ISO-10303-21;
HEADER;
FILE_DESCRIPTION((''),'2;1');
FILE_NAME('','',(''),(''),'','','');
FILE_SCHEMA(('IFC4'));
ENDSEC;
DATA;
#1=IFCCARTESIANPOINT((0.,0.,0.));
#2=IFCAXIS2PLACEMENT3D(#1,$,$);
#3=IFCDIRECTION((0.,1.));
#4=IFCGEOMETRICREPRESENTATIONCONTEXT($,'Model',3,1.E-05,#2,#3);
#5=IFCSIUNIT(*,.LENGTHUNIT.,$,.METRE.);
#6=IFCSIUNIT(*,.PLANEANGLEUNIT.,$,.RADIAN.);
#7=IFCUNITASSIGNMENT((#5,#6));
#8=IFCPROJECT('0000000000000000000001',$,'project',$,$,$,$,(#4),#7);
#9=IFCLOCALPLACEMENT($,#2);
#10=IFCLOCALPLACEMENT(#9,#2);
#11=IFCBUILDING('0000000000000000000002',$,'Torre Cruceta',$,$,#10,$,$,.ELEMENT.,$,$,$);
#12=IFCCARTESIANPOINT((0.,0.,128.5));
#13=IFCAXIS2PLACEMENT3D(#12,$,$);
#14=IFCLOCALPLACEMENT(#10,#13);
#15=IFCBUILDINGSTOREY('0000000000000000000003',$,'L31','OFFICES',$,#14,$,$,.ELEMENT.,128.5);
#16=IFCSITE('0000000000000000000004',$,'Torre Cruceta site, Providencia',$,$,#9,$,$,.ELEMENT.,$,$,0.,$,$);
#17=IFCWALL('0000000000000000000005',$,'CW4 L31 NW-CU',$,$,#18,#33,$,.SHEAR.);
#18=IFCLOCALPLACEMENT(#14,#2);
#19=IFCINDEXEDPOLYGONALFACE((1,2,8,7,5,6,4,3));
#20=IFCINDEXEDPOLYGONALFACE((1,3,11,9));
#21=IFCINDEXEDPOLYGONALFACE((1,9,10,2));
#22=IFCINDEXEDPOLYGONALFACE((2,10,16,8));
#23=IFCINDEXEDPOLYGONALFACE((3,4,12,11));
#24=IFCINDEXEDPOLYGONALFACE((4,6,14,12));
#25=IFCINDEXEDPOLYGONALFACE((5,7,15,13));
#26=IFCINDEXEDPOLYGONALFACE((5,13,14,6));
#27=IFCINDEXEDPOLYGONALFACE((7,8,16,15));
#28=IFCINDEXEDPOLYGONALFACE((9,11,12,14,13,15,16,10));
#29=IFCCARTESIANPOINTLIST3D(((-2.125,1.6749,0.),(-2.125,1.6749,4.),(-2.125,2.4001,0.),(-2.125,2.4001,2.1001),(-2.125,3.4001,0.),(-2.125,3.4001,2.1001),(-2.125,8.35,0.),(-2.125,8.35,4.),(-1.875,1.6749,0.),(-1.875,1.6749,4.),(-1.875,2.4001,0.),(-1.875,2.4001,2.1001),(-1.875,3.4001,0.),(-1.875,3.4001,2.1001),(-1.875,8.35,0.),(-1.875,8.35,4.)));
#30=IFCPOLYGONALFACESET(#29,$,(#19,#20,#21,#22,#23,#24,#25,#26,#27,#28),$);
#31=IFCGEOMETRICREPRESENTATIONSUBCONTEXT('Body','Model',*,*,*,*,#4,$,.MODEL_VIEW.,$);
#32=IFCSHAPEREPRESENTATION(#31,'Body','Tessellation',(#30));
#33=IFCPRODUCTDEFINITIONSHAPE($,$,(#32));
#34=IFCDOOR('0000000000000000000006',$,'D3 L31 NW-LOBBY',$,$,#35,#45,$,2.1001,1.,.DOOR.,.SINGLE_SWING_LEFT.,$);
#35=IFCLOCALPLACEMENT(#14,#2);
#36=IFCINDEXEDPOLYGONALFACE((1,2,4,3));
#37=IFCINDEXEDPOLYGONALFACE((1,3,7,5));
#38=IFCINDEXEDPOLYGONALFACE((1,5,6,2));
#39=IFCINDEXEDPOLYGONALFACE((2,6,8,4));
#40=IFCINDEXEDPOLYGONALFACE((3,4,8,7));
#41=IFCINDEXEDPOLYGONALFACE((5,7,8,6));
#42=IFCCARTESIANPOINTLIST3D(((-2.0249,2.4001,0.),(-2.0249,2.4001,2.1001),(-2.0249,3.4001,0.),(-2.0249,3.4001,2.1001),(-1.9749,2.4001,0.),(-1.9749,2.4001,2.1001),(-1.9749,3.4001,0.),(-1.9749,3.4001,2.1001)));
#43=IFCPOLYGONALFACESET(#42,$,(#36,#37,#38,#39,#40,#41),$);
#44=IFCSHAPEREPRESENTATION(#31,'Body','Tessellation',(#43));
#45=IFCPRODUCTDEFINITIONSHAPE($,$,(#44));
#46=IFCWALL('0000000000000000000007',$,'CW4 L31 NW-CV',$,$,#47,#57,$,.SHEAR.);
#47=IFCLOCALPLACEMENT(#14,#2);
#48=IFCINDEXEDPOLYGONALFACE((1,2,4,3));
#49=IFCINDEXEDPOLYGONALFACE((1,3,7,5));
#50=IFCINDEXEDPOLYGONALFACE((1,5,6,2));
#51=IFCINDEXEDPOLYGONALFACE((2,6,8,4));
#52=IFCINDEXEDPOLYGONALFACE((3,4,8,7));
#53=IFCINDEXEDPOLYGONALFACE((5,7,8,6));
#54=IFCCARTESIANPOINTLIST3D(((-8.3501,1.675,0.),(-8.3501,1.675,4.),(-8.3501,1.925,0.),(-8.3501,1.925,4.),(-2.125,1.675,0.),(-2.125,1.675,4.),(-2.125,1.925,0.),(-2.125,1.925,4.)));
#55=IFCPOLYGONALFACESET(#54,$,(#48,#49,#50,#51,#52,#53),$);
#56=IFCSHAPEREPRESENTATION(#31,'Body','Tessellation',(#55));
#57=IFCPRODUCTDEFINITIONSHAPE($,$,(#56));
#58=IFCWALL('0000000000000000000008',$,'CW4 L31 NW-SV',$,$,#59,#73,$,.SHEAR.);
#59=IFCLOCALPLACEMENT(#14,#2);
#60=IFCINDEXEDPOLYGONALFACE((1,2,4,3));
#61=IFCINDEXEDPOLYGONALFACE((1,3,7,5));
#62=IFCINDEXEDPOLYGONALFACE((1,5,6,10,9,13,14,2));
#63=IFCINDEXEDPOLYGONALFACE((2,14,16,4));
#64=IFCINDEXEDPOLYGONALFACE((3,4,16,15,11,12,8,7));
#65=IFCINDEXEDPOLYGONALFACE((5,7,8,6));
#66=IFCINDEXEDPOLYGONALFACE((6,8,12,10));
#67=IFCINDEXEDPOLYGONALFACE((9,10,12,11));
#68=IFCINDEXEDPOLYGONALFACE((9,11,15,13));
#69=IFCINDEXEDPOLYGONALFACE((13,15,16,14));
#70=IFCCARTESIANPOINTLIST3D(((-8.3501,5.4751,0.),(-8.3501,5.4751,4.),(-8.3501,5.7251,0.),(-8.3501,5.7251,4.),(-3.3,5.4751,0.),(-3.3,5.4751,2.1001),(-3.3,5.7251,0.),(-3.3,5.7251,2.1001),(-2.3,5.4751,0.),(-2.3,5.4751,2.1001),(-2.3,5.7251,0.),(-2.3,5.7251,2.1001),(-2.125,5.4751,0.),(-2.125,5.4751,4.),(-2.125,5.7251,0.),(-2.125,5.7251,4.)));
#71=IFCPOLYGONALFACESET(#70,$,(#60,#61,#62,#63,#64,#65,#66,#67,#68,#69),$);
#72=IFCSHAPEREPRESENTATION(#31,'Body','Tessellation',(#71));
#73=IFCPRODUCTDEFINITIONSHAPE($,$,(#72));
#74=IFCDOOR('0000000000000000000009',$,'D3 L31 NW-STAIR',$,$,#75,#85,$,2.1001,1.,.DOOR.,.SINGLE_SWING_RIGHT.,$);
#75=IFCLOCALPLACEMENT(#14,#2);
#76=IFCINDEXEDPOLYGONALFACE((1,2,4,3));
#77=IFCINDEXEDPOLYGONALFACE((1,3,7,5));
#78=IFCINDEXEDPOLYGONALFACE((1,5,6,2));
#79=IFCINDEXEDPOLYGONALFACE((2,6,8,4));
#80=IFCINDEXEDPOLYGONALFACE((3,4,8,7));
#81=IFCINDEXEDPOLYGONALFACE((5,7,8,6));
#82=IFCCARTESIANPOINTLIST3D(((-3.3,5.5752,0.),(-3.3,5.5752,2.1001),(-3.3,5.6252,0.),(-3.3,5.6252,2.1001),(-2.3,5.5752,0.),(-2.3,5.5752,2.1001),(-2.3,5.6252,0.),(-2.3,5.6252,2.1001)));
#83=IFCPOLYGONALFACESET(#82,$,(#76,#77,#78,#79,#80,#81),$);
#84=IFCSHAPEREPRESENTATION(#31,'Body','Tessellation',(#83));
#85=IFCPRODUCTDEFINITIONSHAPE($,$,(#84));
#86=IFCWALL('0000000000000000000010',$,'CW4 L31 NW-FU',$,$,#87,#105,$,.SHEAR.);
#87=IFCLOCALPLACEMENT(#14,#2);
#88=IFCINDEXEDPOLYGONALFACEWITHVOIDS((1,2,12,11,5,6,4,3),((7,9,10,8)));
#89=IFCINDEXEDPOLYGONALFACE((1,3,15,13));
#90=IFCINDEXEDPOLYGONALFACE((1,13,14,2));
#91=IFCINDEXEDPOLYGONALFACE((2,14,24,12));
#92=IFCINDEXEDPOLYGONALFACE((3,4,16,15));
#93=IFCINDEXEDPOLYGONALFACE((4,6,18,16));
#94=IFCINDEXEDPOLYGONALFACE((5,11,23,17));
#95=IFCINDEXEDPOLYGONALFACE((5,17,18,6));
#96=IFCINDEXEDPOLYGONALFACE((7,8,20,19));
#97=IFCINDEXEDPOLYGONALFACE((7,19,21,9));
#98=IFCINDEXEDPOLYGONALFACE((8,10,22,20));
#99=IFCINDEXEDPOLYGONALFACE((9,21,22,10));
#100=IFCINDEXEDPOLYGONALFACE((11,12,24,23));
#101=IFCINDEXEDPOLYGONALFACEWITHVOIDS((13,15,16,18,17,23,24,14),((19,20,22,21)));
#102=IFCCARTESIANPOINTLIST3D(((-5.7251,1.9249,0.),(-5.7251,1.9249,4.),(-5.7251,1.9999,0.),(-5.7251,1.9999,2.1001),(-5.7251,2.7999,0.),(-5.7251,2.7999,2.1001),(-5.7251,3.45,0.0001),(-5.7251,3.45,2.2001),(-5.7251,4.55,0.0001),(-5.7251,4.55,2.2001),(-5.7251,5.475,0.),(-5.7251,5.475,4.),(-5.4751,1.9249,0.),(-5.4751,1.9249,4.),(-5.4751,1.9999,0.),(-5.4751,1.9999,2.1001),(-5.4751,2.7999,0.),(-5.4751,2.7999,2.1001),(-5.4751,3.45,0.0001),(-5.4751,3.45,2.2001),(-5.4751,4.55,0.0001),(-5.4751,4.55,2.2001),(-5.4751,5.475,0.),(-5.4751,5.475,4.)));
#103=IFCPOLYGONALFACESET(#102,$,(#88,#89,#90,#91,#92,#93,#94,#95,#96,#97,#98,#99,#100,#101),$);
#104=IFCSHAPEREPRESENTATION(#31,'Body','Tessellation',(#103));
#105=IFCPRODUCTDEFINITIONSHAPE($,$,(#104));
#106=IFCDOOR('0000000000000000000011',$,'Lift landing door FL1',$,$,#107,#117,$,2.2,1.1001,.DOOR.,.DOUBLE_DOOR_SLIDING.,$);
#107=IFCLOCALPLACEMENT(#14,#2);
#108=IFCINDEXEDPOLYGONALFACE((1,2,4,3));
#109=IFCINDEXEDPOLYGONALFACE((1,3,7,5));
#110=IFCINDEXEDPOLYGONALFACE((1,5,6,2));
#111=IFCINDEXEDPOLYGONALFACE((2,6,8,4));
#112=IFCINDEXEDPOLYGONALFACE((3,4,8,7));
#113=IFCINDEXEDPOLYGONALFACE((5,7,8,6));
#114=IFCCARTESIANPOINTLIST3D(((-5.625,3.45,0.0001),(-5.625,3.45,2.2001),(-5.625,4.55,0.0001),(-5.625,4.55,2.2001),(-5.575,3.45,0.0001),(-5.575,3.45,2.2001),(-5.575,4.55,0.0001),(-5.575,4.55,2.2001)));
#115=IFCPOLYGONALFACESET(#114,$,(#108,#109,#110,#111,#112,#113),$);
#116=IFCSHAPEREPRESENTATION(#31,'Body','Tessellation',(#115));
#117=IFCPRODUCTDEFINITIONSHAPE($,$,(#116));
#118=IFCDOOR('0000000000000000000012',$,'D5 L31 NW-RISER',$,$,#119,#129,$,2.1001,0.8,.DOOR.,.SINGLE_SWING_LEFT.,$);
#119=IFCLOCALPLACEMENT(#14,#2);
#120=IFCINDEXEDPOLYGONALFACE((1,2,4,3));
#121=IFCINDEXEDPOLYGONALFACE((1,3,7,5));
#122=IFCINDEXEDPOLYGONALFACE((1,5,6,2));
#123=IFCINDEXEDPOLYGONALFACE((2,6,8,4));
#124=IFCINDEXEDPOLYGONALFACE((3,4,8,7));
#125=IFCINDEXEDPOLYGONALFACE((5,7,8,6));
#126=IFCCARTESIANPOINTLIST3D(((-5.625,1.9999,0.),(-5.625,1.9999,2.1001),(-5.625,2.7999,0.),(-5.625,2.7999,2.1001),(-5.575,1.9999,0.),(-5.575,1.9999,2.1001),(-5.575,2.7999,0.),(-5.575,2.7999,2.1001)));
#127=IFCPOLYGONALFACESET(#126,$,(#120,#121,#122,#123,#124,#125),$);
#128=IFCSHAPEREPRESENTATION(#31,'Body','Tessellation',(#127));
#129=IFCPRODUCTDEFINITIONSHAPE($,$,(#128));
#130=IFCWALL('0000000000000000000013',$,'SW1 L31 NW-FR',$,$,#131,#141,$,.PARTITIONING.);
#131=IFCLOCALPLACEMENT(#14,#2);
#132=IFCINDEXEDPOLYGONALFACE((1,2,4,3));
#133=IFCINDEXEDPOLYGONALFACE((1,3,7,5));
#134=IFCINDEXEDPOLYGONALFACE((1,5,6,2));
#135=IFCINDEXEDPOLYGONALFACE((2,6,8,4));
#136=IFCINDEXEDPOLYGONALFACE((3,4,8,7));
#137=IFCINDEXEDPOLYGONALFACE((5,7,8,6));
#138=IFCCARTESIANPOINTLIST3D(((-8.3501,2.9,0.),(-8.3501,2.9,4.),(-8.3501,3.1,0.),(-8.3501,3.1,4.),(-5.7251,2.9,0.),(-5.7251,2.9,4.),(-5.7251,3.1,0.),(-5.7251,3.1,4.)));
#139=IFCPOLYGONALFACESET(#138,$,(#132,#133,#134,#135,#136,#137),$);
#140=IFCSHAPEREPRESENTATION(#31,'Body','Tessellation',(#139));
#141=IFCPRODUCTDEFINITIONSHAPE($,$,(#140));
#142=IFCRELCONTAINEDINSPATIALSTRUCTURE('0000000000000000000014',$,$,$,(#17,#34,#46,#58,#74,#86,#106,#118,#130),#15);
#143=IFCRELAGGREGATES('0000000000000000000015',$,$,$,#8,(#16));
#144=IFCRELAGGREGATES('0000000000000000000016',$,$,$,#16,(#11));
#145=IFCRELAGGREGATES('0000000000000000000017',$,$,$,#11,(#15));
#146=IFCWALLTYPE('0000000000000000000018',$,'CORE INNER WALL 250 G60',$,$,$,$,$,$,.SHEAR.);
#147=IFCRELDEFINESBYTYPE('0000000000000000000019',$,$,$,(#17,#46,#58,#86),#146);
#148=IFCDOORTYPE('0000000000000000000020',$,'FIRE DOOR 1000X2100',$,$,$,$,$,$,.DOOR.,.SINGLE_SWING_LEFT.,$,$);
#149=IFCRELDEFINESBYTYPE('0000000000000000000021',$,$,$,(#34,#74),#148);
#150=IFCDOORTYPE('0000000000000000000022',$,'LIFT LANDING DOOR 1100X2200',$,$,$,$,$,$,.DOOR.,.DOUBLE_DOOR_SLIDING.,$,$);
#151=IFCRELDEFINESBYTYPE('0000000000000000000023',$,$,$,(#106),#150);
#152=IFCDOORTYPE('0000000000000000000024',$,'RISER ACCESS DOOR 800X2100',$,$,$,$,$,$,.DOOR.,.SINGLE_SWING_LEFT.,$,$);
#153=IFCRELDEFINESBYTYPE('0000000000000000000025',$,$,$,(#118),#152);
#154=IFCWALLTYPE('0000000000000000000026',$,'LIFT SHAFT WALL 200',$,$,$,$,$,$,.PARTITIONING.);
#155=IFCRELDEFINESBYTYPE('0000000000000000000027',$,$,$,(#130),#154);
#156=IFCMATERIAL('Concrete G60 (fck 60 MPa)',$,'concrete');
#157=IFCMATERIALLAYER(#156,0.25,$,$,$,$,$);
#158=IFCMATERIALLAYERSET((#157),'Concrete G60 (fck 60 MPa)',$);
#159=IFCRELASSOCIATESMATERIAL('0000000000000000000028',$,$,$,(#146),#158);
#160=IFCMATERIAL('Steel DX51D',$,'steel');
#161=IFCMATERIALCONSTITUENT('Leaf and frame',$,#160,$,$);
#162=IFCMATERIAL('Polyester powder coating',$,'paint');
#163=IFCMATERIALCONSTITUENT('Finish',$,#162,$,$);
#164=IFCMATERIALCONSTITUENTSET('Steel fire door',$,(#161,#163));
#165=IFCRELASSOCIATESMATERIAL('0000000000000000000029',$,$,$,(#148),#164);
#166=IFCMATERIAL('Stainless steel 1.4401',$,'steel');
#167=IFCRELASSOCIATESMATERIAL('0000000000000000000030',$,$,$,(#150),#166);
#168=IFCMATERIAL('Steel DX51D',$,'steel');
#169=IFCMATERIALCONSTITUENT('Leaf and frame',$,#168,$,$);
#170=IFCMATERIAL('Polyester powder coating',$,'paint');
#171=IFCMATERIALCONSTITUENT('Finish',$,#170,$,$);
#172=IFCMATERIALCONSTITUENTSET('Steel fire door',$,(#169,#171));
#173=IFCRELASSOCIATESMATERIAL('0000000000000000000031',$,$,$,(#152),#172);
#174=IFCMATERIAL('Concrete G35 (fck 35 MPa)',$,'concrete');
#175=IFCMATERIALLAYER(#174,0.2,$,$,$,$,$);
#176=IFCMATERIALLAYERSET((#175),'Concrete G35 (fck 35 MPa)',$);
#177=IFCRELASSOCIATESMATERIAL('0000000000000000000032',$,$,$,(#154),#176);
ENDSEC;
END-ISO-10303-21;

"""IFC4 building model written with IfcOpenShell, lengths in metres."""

from ifc_helpers import new_model, si_unit, direction, frame, frame_2d, origin, place, context, subcontext, project, spatial, rectangle, extrude, material, layer, layer_set, constituent, constituent_set, type_object, element, fill, save


model = new_model("IFC4")

# Units and contexts
model_context = context("Model", 3, precision=1e-05, world=origin(), true_north=direction((0.0, 1.0)))
body_context = subcontext(model_context, "Body", "Model", "MODEL_VIEW")
ifc_project = project(units=[si_unit("LENGTHUNIT", "METRE"), si_unit("PLANEANGLEUNIT", "RADIAN")], contexts=[model_context])

# Site, building, storey
site_placement = place(None, origin())
site = spatial("IfcSite", under=ifc_project, at=site_placement, Name="Torre Cruceta site, Providencia", CompositionType="ELEMENT", RefElevation=0.0)
building_placement = place(site_placement, origin())
building = spatial("IfcBuilding", under=site, at=building_placement, Name="Torre Cruceta", CompositionType="ELEMENT")
storey_placement = place(building_placement, frame((0.0, 0.0, 128.5)))
storey = spatial("IfcBuildingStorey", under=building, at=storey_placement, Name="L31", Description="OFFICES", CompositionType="ELEMENT", Elevation=128.5)

# Wall, opening, door
ifc_material_1 = material(Name="Concrete G60 (fck 60 MPa)", Category="concrete")
ifc_layer_1 = layer(ifc_material_1, 0.25)
ifc_layer_set_1 = layer_set([ifc_layer_1], Name="Concrete G60 (fck 60 MPa)")
wall_type_1 = type_object("IfcWallType", Name="CORE INNER WALL 250 G60", PredefinedType="SHEAR", material=ifc_layer_set_1)
wall_1_placement = place(storey_placement, frame((-2.0, 1.675, 0.0), z_axis=(0.0, 0.0, 1.0), x_axis=(0.0, 1.0, 0.0)))
wall_1 = element("IfcWall", 1, at=wall_1_placement, inside=storey, type_object=wall_type_1, Name="CW4 L31 NW-CU", PredefinedType="SHEAR", context=body_context, shape_type="SweptSolid", body=[
    extrude(rectangle(XDim=6.675, YDim=0.25, at=frame_2d((3.3374, 0.0))), origin(), (0.0, 0.0, 1.0), 4.0),
])
opening_1_placement = place(wall_1_placement, frame((0.7251, 0.0, 0.0)))
opening_1 = element("IfcOpeningElement", 2, at=opening_1_placement, cuts=wall_1, PredefinedType="OPENING", context=body_context, shape_type="SweptSolid", body=[
    extrude(rectangle(XDim=1.0, YDim=2.1001, at=frame_2d((0.5, 1.05))), frame((0.0, 0.135, 0.0), z_axis=(0.0, -1.0, 0.0), x_axis=(1.0, 0.0, 0.0)), (0.0, 0.0, 1.0), 0.27),
])
ifc_material_2 = material(Name="Steel DX51D", Category="steel")
ifc_constituent_1 = constituent(ifc_material_2, Name="Leaf and frame")
ifc_material_3 = material(Name="Polyester powder coating", Category="paint")
ifc_constituent_2 = constituent(ifc_material_3, Name="Finish")
ifc_constituent_set_1 = constituent_set(constituents=[ifc_constituent_1, ifc_constituent_2], Name="Steel fire door")
door_type_1 = type_object("IfcDoorType", Name="FIRE DOOR 1000X2100", OperationType="SINGLE_SWING_LEFT", PredefinedType="DOOR", material=ifc_constituent_set_1)
door_1_placement = place(opening_1_placement, origin())
door_1 = element("IfcDoor", 3, at=door_1_placement, inside=storey, type_object=door_type_1, Name="D3 L31 NW-LOBBY", OperationType="SINGLE_SWING_LEFT", OverallHeight=2.1001, OverallWidth=1.0, PredefinedType="DOOR", context=body_context, shape_type="SweptSolid", body=[
    extrude(rectangle(XDim=1.0, YDim=2.1001, at=frame_2d((0.5, 1.05))), frame((0.0, 0.0249, 0.0), z_axis=(0.0, -1.0, 0.0), x_axis=(1.0, 0.0, 0.0)), (0.0, 0.0, 1.0), 0.05),
])
fill(opening_1, door_1)

# Wall
wall_2_placement = place(storey_placement, frame((-2.125, 1.8, 0.0), z_axis=(0.0, 0.0, 1.0), x_axis=(-1.0, 0.0, 0.0)))
element("IfcWall", 4, at=wall_2_placement, inside=storey, type_object=wall_type_1, Name="CW4 L31 NW-CV", PredefinedType="SHEAR", context=body_context, shape_type="SweptSolid", body=[
    extrude(rectangle(XDim=6.2251, YDim=0.25, at=frame_2d((3.1125, 0.0))), origin(), (0.0, 0.0, 1.0), 4.0),
])

# Wall, opening, door
wall_3_placement = place(storey_placement, frame((-2.125, 5.6001, 0.0), z_axis=(0.0, 0.0, 1.0), x_axis=(-1.0, 0.0, 0.0)))
wall_3 = element("IfcWall", 5, at=wall_3_placement, inside=storey, type_object=wall_type_1, Name="CW4 L31 NW-SV", PredefinedType="SHEAR", context=body_context, shape_type="SweptSolid", body=[
    extrude(rectangle(XDim=6.2251, YDim=0.25, at=frame_2d((3.1125, 0.0))), origin(), (0.0, 0.0, 1.0), 4.0),
])
opening_2_placement = place(wall_3_placement, frame((0.175, 0.0, 0.0)))
opening_2 = element("IfcOpeningElement", 6, at=opening_2_placement, cuts=wall_3, PredefinedType="OPENING", context=body_context, shape_type="SweptSolid", body=[
    extrude(rectangle(XDim=1.0, YDim=2.1001, at=frame_2d((0.5, 1.05))), frame((0.0, 0.135, 0.0), z_axis=(0.0, -1.0, 0.0), x_axis=(1.0, 0.0, 0.0)), (0.0, 0.0, 1.0), 0.27),
])
door_2_placement = place(opening_2_placement, frame((1.0, 0.0, 0.0), z_axis=(0.0, 0.0, 1.0), x_axis=(-1.0, 0.0, 0.0)))
door_2 = element("IfcDoor", 7, at=door_2_placement, inside=storey, type_object=door_type_1, Name="D3 L31 NW-STAIR", OperationType="SINGLE_SWING_RIGHT", OverallHeight=2.1001, OverallWidth=1.0, PredefinedType="DOOR", context=body_context, shape_type="SweptSolid", body=[
    extrude(rectangle(XDim=1.0, YDim=2.1001, at=frame_2d((0.5, 1.05))), frame((0.0, 0.0251, 0.0), z_axis=(0.0, -1.0, 0.0), x_axis=(1.0, 0.0, 0.0)), (0.0, 0.0, 1.0), 0.05),
])
fill(opening_2, door_2)

# Wall, openings, doors
wall_4_placement = place(storey_placement, frame((-5.6001, 1.925, 0.0), z_axis=(0.0, 0.0, 1.0), x_axis=(0.0, 1.0, 0.0)))
wall_4 = element("IfcWall", 8, at=wall_4_placement, inside=storey, type_object=wall_type_1, Name="CW4 L31 NW-FU", PredefinedType="SHEAR", context=body_context, shape_type="SweptSolid", body=[
    extrude(rectangle(XDim=3.55, YDim=0.25, at=frame_2d((1.7749, 0.0))), origin(), (0.0, 0.0, 1.0), 4.0),
])
opening_3_placement = place(wall_4_placement, frame((1.5249, 0.0, 0.0)))
opening_3 = element("IfcOpeningElement", 9, at=opening_3_placement, cuts=wall_4, PredefinedType="OPENING", context=body_context, shape_type="SweptSolid", body=[
    extrude(rectangle(XDim=1.1001, YDim=2.2, at=frame_2d((0.55, 1.1001))), frame((0.0, 0.135, 0.0), z_axis=(0.0, -1.0, 0.0), x_axis=(1.0, 0.0, 0.0)), (0.0, 0.0, 1.0), 0.27),
])
opening_4_placement = place(wall_4_placement, frame((0.075, 0.0, 0.0)))
opening_4 = element("IfcOpeningElement", 10, at=opening_4_placement, cuts=wall_4, PredefinedType="OPENING", context=body_context, shape_type="SweptSolid", body=[
    extrude(rectangle(XDim=0.8, YDim=2.1001, at=frame_2d((0.3999, 1.05))), frame((0.0, 0.135, 0.0), z_axis=(0.0, -1.0, 0.0), x_axis=(1.0, 0.0, 0.0)), (0.0, 0.0, 1.0), 0.27),
])
ifc_material_4 = material(Name="Stainless steel 1.4401", Category="steel")
door_type_2 = type_object("IfcDoorType", Name="LIFT LANDING DOOR 1100X2200", OperationType="DOUBLE_DOOR_SLIDING", PredefinedType="DOOR", material=ifc_material_4)
door_3_placement = place(opening_3_placement, origin())
door_3 = element("IfcDoor", 11, at=door_3_placement, inside=storey, type_object=door_type_2, Name="Lift landing door FL1", OperationType="DOUBLE_DOOR_SLIDING", OverallHeight=2.2, OverallWidth=1.1001, PredefinedType="DOOR", context=body_context, shape_type="SweptSolid", body=[
    extrude(rectangle(XDim=1.1001, YDim=2.2, at=frame_2d((0.55, 1.1001))), frame((0.0, 0.0249, 0.0), z_axis=(0.0, -1.0, 0.0), x_axis=(1.0, 0.0, 0.0)), (0.0, 0.0, 1.0), 0.05),
])
fill(opening_3, door_3)
ifc_material_5 = material(Name="Steel DX51D", Category="steel")
ifc_constituent_3 = constituent(ifc_material_5, Name="Leaf and frame")
ifc_material_6 = material(Name="Polyester powder coating", Category="paint")
ifc_constituent_4 = constituent(ifc_material_6, Name="Finish")
ifc_constituent_set_2 = constituent_set(constituents=[ifc_constituent_3, ifc_constituent_4], Name="Steel fire door")
door_type_3 = type_object("IfcDoorType", Name="RISER ACCESS DOOR 800X2100", OperationType="SINGLE_SWING_LEFT", PredefinedType="DOOR", material=ifc_constituent_set_2)
door_4_placement = place(opening_4_placement, origin())
door_4 = element("IfcDoor", 12, at=door_4_placement, inside=storey, type_object=door_type_3, Name="D5 L31 NW-RISER", OperationType="SINGLE_SWING_LEFT", OverallHeight=2.1001, OverallWidth=0.8, PredefinedType="DOOR", context=body_context, shape_type="SweptSolid", body=[
    extrude(rectangle(XDim=0.8, YDim=2.1001, at=frame_2d((0.3999, 1.05))), frame((0.0, 0.0249, 0.0), z_axis=(0.0, -1.0, 0.0), x_axis=(1.0, 0.0, 0.0)), (0.0, 0.0, 1.0), 0.05),
])
fill(opening_4, door_4)

# Wall
ifc_material_7 = material(Name="Concrete G35 (fck 35 MPa)", Category="concrete")
ifc_layer_2 = layer(ifc_material_7, 0.2)
ifc_layer_set_2 = layer_set([ifc_layer_2], Name="Concrete G35 (fck 35 MPa)")
wall_type_2 = type_object("IfcWallType", Name="LIFT SHAFT WALL 200", PredefinedType="PARTITIONING", material=ifc_layer_set_2)
wall_5_placement = place(storey_placement, frame((-5.7251, 3.0, 0.0), z_axis=(0.0, 0.0, 1.0), x_axis=(-1.0, 0.0, 0.0)))
element("IfcWall", 13, at=wall_5_placement, inside=storey, type_object=wall_type_2, Name="SW1 L31 NW-FR", PredefinedType="PARTITIONING", context=body_context, shape_type="SweptSolid", body=[
    extrude(rectangle(XDim=2.625, YDim=0.2, at=frame_2d((1.3125, 0.0))), origin(), (0.0, 0.0, 1.0), 4.0),
])

save(model, "model.ifc")
